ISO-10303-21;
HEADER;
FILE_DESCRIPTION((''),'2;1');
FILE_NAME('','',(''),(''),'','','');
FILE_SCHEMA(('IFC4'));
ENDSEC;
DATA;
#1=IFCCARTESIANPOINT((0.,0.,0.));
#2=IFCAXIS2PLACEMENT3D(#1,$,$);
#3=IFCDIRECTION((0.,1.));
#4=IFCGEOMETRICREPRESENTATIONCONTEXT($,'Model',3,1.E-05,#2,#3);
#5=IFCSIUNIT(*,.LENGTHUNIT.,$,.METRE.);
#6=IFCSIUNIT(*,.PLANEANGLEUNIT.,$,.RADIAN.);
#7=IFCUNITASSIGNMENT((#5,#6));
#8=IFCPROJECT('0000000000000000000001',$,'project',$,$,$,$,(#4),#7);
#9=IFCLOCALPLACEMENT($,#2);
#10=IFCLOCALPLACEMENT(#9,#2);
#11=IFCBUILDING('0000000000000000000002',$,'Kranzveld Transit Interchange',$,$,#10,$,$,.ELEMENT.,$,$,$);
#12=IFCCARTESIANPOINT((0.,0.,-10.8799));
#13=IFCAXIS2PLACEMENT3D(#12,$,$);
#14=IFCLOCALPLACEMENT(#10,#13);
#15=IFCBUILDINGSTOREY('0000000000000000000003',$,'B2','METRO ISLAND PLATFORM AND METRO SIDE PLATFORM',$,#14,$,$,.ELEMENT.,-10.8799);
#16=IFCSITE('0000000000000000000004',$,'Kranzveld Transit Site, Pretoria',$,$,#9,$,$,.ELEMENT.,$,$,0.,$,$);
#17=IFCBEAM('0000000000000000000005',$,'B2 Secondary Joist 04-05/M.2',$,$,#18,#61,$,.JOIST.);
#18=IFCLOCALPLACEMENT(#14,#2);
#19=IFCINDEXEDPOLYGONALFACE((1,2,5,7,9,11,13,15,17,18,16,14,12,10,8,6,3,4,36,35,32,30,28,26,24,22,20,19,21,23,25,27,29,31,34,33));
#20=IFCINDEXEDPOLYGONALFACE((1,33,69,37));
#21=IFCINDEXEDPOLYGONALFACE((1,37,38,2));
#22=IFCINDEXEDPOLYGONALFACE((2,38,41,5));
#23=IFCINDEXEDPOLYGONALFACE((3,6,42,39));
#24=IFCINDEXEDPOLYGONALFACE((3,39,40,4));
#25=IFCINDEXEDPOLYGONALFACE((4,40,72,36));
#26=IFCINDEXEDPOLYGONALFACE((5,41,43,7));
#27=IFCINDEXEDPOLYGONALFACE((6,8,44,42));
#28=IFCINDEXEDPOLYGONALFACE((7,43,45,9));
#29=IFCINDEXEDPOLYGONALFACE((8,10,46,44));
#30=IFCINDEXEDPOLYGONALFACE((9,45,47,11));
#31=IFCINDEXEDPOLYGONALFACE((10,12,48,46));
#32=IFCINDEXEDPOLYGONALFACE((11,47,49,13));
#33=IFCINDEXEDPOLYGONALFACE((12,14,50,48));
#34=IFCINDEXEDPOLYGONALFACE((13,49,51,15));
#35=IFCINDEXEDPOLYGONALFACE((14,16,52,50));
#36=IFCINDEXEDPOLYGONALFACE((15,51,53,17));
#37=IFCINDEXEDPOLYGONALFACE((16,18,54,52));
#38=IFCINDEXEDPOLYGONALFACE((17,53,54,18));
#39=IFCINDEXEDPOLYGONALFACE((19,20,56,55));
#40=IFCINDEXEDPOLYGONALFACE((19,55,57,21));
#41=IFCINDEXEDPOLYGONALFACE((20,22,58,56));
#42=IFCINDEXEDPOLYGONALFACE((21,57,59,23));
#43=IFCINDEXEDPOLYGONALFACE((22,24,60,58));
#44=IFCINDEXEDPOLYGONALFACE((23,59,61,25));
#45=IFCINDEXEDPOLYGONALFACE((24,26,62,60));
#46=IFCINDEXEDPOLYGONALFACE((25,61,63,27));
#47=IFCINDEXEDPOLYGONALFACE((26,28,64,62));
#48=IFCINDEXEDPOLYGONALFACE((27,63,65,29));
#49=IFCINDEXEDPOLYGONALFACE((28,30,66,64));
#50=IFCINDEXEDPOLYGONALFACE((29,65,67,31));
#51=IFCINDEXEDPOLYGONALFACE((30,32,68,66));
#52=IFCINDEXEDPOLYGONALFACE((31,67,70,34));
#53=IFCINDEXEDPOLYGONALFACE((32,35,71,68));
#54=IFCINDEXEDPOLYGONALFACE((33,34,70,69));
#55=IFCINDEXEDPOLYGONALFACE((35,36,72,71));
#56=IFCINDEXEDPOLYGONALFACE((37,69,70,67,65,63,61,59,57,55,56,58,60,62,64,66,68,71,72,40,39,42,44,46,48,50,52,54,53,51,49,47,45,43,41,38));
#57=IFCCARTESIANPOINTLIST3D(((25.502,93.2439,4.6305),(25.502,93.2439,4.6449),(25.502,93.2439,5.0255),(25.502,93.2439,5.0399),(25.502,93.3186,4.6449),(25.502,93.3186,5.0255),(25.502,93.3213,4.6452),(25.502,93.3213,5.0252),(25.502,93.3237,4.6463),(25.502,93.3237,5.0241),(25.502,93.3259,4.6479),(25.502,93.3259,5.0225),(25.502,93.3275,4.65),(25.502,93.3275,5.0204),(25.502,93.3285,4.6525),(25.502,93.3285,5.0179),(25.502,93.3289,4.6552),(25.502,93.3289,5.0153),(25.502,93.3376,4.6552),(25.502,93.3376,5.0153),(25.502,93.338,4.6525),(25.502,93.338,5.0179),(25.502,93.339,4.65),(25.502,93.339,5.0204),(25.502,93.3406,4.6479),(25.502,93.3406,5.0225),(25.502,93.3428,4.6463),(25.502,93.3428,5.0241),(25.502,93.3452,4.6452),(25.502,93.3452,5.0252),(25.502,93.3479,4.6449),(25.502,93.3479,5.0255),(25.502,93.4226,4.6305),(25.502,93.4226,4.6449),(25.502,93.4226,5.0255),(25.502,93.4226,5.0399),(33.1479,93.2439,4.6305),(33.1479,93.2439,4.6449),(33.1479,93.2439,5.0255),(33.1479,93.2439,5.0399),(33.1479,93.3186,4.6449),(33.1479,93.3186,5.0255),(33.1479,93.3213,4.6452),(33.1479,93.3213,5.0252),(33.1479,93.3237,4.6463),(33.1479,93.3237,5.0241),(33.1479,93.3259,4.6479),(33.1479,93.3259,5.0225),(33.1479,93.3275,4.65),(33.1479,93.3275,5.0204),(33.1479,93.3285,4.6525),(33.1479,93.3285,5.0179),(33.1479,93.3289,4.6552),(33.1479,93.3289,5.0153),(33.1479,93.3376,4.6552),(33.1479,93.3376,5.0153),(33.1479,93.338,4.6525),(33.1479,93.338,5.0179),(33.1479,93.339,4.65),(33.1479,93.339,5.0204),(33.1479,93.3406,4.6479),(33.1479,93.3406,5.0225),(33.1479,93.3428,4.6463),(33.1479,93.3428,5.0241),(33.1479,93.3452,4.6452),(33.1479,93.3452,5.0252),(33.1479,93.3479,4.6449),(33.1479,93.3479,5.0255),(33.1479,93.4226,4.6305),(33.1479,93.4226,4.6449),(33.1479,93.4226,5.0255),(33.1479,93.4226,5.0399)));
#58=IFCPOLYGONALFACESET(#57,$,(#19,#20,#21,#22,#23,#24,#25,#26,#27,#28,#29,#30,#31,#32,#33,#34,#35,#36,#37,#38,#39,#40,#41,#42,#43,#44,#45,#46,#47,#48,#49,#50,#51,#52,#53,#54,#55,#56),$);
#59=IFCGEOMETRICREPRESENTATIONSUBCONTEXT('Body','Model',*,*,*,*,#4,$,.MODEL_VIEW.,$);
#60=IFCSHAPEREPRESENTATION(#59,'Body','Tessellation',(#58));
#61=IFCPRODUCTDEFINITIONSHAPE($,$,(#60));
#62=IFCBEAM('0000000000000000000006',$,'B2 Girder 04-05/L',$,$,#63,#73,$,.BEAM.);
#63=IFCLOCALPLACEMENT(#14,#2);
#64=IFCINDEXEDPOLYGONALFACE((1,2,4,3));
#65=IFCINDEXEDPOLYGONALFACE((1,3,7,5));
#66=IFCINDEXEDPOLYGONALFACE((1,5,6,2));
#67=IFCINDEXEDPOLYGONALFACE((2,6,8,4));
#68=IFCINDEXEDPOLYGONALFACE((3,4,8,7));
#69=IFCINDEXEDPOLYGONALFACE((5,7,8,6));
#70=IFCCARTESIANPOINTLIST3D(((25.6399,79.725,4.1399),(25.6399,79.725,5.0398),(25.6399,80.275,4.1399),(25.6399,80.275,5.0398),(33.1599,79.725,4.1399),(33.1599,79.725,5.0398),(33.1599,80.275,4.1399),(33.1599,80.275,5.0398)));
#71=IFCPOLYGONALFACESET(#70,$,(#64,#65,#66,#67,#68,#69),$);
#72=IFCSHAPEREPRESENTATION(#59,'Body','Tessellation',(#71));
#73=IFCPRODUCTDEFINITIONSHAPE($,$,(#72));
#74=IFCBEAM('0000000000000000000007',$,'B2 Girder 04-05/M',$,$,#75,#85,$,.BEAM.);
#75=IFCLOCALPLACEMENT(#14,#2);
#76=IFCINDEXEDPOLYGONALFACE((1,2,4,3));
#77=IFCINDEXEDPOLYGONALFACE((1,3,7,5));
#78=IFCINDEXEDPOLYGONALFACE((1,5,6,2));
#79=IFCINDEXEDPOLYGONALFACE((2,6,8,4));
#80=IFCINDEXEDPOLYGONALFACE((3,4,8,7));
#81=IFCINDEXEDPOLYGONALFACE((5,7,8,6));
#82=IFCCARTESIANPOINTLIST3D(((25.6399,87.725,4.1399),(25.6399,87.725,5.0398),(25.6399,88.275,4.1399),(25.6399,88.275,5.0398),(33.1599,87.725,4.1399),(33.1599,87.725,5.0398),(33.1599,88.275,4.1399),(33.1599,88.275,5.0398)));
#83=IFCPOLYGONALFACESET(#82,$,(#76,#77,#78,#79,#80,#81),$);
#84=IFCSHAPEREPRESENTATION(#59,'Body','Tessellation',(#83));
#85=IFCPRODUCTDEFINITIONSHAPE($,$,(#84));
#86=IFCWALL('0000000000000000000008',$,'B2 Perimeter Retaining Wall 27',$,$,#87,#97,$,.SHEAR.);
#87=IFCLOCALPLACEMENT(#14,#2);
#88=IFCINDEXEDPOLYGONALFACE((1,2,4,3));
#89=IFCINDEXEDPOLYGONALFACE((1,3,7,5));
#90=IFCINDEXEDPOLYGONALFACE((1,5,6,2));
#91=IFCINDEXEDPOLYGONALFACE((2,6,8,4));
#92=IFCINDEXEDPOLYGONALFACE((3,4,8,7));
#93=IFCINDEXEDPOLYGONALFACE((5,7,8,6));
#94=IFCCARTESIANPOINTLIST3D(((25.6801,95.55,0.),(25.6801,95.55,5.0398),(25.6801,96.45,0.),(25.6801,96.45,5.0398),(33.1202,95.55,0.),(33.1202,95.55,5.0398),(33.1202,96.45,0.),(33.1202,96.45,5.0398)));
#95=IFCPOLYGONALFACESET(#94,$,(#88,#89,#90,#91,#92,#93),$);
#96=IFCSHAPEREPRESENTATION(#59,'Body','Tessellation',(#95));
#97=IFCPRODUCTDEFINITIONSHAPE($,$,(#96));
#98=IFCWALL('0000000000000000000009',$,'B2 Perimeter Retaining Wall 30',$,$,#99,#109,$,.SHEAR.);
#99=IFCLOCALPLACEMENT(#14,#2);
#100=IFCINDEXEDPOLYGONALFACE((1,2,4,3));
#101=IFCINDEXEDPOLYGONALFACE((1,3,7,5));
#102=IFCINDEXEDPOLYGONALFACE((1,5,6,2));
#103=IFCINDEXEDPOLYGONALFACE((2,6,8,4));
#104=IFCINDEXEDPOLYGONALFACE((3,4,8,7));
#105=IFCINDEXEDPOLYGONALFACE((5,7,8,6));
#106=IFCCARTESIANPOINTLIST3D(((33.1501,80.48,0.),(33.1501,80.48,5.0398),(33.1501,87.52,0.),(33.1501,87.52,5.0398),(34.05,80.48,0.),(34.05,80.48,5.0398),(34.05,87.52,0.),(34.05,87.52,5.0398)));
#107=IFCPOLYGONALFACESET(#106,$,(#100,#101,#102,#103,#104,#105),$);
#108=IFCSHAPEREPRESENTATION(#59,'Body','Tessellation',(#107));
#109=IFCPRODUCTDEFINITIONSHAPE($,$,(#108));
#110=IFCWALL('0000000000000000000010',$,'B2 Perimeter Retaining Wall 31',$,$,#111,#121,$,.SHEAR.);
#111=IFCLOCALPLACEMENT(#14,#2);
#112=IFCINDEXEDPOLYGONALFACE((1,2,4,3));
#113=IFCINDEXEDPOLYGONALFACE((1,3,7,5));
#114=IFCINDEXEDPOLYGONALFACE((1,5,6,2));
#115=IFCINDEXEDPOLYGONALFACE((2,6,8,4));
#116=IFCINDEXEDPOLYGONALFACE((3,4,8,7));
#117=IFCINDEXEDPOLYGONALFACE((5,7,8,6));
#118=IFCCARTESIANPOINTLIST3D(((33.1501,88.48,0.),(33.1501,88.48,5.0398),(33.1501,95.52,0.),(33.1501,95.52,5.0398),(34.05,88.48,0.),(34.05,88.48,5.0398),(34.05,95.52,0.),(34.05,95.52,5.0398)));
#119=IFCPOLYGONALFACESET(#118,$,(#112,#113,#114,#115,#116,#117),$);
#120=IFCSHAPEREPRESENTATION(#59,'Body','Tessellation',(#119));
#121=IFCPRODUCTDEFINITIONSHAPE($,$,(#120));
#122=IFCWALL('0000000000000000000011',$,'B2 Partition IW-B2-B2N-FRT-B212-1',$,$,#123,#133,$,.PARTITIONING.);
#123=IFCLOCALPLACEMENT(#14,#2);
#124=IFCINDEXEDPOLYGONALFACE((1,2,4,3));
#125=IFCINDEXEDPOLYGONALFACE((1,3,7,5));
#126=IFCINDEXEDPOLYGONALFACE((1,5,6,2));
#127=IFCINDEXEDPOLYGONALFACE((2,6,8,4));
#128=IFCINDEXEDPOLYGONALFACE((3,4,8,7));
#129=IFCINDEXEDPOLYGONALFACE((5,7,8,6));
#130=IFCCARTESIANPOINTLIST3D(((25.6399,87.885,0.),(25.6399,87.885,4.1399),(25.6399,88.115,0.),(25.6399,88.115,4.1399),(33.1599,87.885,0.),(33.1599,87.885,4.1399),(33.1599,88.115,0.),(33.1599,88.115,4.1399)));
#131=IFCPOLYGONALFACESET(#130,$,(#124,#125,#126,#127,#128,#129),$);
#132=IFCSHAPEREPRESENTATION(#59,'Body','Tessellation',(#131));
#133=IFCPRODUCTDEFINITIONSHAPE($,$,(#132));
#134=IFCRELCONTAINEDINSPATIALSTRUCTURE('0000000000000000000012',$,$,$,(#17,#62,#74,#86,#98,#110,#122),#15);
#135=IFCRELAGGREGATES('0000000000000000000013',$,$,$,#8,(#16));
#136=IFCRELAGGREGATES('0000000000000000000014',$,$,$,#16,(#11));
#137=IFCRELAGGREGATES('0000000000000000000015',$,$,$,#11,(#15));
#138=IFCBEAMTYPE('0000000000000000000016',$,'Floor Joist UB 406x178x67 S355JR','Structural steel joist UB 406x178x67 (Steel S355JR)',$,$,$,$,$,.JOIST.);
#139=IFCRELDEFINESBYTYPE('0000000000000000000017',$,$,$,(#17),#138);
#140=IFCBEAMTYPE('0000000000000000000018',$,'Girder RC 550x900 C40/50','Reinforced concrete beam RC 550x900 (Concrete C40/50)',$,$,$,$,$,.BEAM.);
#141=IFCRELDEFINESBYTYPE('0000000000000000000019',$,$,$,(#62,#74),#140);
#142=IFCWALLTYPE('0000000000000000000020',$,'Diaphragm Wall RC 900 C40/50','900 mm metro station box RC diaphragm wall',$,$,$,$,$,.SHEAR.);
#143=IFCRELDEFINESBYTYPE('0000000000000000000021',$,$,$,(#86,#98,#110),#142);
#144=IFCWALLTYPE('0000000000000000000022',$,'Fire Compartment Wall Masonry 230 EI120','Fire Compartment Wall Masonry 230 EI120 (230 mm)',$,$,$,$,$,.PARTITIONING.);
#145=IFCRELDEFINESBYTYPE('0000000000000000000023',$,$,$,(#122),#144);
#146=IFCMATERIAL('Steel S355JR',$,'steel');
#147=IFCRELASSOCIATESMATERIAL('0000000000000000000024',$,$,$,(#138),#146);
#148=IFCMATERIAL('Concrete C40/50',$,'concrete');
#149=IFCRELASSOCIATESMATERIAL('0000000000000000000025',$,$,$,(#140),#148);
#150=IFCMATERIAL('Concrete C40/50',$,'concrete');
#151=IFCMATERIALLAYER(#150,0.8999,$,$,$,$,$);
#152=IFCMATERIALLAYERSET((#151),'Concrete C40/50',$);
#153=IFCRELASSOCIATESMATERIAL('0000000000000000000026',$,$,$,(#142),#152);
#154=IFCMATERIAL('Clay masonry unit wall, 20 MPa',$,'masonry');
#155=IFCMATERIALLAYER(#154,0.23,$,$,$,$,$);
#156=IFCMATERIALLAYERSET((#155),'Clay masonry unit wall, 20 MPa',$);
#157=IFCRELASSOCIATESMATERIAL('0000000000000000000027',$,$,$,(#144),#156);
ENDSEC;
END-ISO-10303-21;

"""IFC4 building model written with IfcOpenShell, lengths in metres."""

from ifc_helpers import new_model, si_unit, direction, frame, frame_2d, origin, origin_2d, place, context, subcontext, project, spatial, rectangle, i_section, extrude, material, layer, layer_set, material_profile, profile_set, type_object, element, save


model = new_model("IFC4")

# Units and contexts
model_context = context("Model", 3, precision=1e-05, world=origin(), true_north=direction((0.0, 1.0)))
body_context = subcontext(model_context, "Body", "Model", "MODEL_VIEW")
ifc_project = project(units=[si_unit("LENGTHUNIT", "METRE"), si_unit("PLANEANGLEUNIT", "RADIAN")], contexts=[model_context])

# Site, building, storey
site_placement = place(None, origin())
site = spatial("IfcSite", under=ifc_project, at=site_placement, Name="Kranzveld Transit Site, Pretoria", CompositionType="ELEMENT", RefElevation=0.0)
building_placement = place(site_placement, origin())
building = spatial("IfcBuilding", under=site, at=building_placement, Name="Kranzveld Transit Interchange", CompositionType="ELEMENT")
storey_placement = place(building_placement, frame((0.0, 0.0, -10.8799)))
storey = spatial("IfcBuildingStorey", under=building, at=storey_placement, Name="B2", Description="METRO ISLAND PLATFORM AND METRO SIDE PLATFORM", CompositionType="ELEMENT", Elevation=-10.8799)

# Beams
ifc_material_1 = material(Name="Steel S355JR", Category="steel")
ifc_material_profile_1 = material_profile(ifc_material_1, i_section(OverallWidth=0.1787, OverallDepth=0.4094, WebThickness=0.0088, FlangeThickness=0.0144, FilletRadius=0.0103, at=origin_2d()), Name="UB 406x178x67")
ifc_profile_set_1 = profile_set([ifc_material_profile_1], Name="Steel S355JR")
beam_type_1 = type_object("IfcBeamType", Name="Floor Joist UB 406x178x67 S355JR", Description="Structural steel joist UB 406x178x67 (Steel S355JR)", PredefinedType="JOIST", material=ifc_profile_set_1)
for number, where, z_axis, x_axis, name in (
    (1, (25.502, 93.3333, 4.8352), (1.0, 0.0, 0.0), (0.0, 1.0, 0.0), "B2 Secondary Joist 04-05/M.2"),
):
    element("IfcBeam", number, at=place(storey_placement, frame(where, z_axis=z_axis, x_axis=x_axis)), inside=storey, type_object=beam_type_1, Name=name, PredefinedType="JOIST", context=body_context, shape_type="SweptSolid", body=[
        extrude(i_section(OverallWidth=0.1787, OverallDepth=0.4094, WebThickness=0.0088, FlangeThickness=0.0144, FilletRadius=0.0103, at=origin_2d()), origin(), (0.0, 0.0, 1.0), 7.646),
    ])
ifc_material_2 = material(Name="Concrete C40/50", Category="concrete")
ifc_material_profile_2 = material_profile(ifc_material_2, rectangle(XDim=0.55, YDim=0.8999, at=origin_2d()), Name="RC 550x900")
ifc_profile_set_2 = profile_set([ifc_material_profile_2], Name="Concrete C40/50")
beam_type_2 = type_object("IfcBeamType", Name="Girder RC 550x900 C40/50", Description="Reinforced concrete beam RC 550x900 (Concrete C40/50)", PredefinedType="BEAM", material=ifc_profile_set_2)
for number, where, z_axis, x_axis, name in (
    (2, (25.6399, 80.0, 4.5898), (1.0, 0.0, 0.0), (0.0, 1.0, 0.0), "B2 Girder 04-05/L"),
    (3, (25.6399, 88.0, 4.5898), (1.0, 0.0, 0.0), (0.0, 1.0, 0.0), "B2 Girder 04-05/M"),
):
    element("IfcBeam", number, at=place(storey_placement, frame(where, z_axis=z_axis, x_axis=x_axis)), inside=storey, type_object=beam_type_2, Name=name, PredefinedType="BEAM", context=body_context, shape_type="SweptSolid", body=[
        extrude(rectangle(XDim=0.55, YDim=0.8999, at=origin_2d()), origin(), (0.0, 0.0, 1.0), 7.52),
    ])

# Walls
ifc_material_3 = material(Name="Concrete C40/50", Category="concrete")
ifc_layer_1 = layer(ifc_material_3, 0.8999)
ifc_layer_set_1 = layer_set([ifc_layer_1], Name="Concrete C40/50")
wall_type_1 = type_object("IfcWallType", Name="Diaphragm Wall RC 900 C40/50", Description="900 mm metro station box RC diaphragm wall", PredefinedType="SHEAR", material=ifc_layer_set_1)
wall_1_placement = place(storey_placement, frame((25.6799, 96.0, 0.0), z_axis=(0.0, 0.0, 1.0), x_axis=(1.0, 0.0, 0.0)))
element("IfcWall", 4, at=wall_1_placement, inside=storey, type_object=wall_type_1, Name="B2 Perimeter Retaining Wall 27", PredefinedType="SHEAR", context=body_context, shape_type="SweptSolid", body=[
    extrude(rectangle(XDim=7.4402, YDim=0.8999, at=frame_2d((3.7202, 0.0))), origin(), (0.0, 0.0, 1.0), 5.0398),
])
for number, where, z_axis, x_axis, name in (
    (5, (33.6001, 80.48, 0.0), (0.0, 0.0, 1.0), (0.0, 1.0, 0.0), "B2 Perimeter Retaining Wall 30"),
    (6, (33.6001, 88.48, 0.0), (0.0, 0.0, 1.0), (0.0, 1.0, 0.0), "B2 Perimeter Retaining Wall 31"),
):
    element("IfcWall", number, at=place(storey_placement, frame(where, z_axis=z_axis, x_axis=x_axis)), inside=storey, type_object=wall_type_1, Name=name, PredefinedType="SHEAR", context=body_context, shape_type="SweptSolid", body=[
        extrude(rectangle(XDim=7.04, YDim=0.8999, at=frame_2d((3.52, 0.0))), origin(), (0.0, 0.0, 1.0), 5.0398),
    ])
ifc_material_4 = material(Name="Clay masonry unit wall, 20 MPa", Category="masonry")
ifc_layer_2 = layer(ifc_material_4, 0.23)
ifc_layer_set_2 = layer_set([ifc_layer_2], Name="Clay masonry unit wall, 20 MPa")
wall_type_2 = type_object("IfcWallType", Name="Fire Compartment Wall Masonry 230 EI120", Description="Fire Compartment Wall Masonry 230 EI120 (230 mm)", PredefinedType="PARTITIONING", material=ifc_layer_set_2)
wall_2_placement = place(storey_placement, frame((25.6399, 88.0, 0.0), z_axis=(0.0, 0.0, 1.0), x_axis=(1.0, 0.0, 0.0)))
element("IfcWall", 7, at=wall_2_placement, inside=storey, type_object=wall_type_2, Name="B2 Partition IW-B2-B2N-FRT-B212-1", PredefinedType="PARTITIONING", context=body_context, shape_type="SweptSolid", body=[
    extrude(rectangle(XDim=7.52, YDim=0.23, at=frame_2d((3.76, 0.0))), origin(), (0.0, 0.0, 1.0), 4.1399),
])

save(model, "model.ifc")
